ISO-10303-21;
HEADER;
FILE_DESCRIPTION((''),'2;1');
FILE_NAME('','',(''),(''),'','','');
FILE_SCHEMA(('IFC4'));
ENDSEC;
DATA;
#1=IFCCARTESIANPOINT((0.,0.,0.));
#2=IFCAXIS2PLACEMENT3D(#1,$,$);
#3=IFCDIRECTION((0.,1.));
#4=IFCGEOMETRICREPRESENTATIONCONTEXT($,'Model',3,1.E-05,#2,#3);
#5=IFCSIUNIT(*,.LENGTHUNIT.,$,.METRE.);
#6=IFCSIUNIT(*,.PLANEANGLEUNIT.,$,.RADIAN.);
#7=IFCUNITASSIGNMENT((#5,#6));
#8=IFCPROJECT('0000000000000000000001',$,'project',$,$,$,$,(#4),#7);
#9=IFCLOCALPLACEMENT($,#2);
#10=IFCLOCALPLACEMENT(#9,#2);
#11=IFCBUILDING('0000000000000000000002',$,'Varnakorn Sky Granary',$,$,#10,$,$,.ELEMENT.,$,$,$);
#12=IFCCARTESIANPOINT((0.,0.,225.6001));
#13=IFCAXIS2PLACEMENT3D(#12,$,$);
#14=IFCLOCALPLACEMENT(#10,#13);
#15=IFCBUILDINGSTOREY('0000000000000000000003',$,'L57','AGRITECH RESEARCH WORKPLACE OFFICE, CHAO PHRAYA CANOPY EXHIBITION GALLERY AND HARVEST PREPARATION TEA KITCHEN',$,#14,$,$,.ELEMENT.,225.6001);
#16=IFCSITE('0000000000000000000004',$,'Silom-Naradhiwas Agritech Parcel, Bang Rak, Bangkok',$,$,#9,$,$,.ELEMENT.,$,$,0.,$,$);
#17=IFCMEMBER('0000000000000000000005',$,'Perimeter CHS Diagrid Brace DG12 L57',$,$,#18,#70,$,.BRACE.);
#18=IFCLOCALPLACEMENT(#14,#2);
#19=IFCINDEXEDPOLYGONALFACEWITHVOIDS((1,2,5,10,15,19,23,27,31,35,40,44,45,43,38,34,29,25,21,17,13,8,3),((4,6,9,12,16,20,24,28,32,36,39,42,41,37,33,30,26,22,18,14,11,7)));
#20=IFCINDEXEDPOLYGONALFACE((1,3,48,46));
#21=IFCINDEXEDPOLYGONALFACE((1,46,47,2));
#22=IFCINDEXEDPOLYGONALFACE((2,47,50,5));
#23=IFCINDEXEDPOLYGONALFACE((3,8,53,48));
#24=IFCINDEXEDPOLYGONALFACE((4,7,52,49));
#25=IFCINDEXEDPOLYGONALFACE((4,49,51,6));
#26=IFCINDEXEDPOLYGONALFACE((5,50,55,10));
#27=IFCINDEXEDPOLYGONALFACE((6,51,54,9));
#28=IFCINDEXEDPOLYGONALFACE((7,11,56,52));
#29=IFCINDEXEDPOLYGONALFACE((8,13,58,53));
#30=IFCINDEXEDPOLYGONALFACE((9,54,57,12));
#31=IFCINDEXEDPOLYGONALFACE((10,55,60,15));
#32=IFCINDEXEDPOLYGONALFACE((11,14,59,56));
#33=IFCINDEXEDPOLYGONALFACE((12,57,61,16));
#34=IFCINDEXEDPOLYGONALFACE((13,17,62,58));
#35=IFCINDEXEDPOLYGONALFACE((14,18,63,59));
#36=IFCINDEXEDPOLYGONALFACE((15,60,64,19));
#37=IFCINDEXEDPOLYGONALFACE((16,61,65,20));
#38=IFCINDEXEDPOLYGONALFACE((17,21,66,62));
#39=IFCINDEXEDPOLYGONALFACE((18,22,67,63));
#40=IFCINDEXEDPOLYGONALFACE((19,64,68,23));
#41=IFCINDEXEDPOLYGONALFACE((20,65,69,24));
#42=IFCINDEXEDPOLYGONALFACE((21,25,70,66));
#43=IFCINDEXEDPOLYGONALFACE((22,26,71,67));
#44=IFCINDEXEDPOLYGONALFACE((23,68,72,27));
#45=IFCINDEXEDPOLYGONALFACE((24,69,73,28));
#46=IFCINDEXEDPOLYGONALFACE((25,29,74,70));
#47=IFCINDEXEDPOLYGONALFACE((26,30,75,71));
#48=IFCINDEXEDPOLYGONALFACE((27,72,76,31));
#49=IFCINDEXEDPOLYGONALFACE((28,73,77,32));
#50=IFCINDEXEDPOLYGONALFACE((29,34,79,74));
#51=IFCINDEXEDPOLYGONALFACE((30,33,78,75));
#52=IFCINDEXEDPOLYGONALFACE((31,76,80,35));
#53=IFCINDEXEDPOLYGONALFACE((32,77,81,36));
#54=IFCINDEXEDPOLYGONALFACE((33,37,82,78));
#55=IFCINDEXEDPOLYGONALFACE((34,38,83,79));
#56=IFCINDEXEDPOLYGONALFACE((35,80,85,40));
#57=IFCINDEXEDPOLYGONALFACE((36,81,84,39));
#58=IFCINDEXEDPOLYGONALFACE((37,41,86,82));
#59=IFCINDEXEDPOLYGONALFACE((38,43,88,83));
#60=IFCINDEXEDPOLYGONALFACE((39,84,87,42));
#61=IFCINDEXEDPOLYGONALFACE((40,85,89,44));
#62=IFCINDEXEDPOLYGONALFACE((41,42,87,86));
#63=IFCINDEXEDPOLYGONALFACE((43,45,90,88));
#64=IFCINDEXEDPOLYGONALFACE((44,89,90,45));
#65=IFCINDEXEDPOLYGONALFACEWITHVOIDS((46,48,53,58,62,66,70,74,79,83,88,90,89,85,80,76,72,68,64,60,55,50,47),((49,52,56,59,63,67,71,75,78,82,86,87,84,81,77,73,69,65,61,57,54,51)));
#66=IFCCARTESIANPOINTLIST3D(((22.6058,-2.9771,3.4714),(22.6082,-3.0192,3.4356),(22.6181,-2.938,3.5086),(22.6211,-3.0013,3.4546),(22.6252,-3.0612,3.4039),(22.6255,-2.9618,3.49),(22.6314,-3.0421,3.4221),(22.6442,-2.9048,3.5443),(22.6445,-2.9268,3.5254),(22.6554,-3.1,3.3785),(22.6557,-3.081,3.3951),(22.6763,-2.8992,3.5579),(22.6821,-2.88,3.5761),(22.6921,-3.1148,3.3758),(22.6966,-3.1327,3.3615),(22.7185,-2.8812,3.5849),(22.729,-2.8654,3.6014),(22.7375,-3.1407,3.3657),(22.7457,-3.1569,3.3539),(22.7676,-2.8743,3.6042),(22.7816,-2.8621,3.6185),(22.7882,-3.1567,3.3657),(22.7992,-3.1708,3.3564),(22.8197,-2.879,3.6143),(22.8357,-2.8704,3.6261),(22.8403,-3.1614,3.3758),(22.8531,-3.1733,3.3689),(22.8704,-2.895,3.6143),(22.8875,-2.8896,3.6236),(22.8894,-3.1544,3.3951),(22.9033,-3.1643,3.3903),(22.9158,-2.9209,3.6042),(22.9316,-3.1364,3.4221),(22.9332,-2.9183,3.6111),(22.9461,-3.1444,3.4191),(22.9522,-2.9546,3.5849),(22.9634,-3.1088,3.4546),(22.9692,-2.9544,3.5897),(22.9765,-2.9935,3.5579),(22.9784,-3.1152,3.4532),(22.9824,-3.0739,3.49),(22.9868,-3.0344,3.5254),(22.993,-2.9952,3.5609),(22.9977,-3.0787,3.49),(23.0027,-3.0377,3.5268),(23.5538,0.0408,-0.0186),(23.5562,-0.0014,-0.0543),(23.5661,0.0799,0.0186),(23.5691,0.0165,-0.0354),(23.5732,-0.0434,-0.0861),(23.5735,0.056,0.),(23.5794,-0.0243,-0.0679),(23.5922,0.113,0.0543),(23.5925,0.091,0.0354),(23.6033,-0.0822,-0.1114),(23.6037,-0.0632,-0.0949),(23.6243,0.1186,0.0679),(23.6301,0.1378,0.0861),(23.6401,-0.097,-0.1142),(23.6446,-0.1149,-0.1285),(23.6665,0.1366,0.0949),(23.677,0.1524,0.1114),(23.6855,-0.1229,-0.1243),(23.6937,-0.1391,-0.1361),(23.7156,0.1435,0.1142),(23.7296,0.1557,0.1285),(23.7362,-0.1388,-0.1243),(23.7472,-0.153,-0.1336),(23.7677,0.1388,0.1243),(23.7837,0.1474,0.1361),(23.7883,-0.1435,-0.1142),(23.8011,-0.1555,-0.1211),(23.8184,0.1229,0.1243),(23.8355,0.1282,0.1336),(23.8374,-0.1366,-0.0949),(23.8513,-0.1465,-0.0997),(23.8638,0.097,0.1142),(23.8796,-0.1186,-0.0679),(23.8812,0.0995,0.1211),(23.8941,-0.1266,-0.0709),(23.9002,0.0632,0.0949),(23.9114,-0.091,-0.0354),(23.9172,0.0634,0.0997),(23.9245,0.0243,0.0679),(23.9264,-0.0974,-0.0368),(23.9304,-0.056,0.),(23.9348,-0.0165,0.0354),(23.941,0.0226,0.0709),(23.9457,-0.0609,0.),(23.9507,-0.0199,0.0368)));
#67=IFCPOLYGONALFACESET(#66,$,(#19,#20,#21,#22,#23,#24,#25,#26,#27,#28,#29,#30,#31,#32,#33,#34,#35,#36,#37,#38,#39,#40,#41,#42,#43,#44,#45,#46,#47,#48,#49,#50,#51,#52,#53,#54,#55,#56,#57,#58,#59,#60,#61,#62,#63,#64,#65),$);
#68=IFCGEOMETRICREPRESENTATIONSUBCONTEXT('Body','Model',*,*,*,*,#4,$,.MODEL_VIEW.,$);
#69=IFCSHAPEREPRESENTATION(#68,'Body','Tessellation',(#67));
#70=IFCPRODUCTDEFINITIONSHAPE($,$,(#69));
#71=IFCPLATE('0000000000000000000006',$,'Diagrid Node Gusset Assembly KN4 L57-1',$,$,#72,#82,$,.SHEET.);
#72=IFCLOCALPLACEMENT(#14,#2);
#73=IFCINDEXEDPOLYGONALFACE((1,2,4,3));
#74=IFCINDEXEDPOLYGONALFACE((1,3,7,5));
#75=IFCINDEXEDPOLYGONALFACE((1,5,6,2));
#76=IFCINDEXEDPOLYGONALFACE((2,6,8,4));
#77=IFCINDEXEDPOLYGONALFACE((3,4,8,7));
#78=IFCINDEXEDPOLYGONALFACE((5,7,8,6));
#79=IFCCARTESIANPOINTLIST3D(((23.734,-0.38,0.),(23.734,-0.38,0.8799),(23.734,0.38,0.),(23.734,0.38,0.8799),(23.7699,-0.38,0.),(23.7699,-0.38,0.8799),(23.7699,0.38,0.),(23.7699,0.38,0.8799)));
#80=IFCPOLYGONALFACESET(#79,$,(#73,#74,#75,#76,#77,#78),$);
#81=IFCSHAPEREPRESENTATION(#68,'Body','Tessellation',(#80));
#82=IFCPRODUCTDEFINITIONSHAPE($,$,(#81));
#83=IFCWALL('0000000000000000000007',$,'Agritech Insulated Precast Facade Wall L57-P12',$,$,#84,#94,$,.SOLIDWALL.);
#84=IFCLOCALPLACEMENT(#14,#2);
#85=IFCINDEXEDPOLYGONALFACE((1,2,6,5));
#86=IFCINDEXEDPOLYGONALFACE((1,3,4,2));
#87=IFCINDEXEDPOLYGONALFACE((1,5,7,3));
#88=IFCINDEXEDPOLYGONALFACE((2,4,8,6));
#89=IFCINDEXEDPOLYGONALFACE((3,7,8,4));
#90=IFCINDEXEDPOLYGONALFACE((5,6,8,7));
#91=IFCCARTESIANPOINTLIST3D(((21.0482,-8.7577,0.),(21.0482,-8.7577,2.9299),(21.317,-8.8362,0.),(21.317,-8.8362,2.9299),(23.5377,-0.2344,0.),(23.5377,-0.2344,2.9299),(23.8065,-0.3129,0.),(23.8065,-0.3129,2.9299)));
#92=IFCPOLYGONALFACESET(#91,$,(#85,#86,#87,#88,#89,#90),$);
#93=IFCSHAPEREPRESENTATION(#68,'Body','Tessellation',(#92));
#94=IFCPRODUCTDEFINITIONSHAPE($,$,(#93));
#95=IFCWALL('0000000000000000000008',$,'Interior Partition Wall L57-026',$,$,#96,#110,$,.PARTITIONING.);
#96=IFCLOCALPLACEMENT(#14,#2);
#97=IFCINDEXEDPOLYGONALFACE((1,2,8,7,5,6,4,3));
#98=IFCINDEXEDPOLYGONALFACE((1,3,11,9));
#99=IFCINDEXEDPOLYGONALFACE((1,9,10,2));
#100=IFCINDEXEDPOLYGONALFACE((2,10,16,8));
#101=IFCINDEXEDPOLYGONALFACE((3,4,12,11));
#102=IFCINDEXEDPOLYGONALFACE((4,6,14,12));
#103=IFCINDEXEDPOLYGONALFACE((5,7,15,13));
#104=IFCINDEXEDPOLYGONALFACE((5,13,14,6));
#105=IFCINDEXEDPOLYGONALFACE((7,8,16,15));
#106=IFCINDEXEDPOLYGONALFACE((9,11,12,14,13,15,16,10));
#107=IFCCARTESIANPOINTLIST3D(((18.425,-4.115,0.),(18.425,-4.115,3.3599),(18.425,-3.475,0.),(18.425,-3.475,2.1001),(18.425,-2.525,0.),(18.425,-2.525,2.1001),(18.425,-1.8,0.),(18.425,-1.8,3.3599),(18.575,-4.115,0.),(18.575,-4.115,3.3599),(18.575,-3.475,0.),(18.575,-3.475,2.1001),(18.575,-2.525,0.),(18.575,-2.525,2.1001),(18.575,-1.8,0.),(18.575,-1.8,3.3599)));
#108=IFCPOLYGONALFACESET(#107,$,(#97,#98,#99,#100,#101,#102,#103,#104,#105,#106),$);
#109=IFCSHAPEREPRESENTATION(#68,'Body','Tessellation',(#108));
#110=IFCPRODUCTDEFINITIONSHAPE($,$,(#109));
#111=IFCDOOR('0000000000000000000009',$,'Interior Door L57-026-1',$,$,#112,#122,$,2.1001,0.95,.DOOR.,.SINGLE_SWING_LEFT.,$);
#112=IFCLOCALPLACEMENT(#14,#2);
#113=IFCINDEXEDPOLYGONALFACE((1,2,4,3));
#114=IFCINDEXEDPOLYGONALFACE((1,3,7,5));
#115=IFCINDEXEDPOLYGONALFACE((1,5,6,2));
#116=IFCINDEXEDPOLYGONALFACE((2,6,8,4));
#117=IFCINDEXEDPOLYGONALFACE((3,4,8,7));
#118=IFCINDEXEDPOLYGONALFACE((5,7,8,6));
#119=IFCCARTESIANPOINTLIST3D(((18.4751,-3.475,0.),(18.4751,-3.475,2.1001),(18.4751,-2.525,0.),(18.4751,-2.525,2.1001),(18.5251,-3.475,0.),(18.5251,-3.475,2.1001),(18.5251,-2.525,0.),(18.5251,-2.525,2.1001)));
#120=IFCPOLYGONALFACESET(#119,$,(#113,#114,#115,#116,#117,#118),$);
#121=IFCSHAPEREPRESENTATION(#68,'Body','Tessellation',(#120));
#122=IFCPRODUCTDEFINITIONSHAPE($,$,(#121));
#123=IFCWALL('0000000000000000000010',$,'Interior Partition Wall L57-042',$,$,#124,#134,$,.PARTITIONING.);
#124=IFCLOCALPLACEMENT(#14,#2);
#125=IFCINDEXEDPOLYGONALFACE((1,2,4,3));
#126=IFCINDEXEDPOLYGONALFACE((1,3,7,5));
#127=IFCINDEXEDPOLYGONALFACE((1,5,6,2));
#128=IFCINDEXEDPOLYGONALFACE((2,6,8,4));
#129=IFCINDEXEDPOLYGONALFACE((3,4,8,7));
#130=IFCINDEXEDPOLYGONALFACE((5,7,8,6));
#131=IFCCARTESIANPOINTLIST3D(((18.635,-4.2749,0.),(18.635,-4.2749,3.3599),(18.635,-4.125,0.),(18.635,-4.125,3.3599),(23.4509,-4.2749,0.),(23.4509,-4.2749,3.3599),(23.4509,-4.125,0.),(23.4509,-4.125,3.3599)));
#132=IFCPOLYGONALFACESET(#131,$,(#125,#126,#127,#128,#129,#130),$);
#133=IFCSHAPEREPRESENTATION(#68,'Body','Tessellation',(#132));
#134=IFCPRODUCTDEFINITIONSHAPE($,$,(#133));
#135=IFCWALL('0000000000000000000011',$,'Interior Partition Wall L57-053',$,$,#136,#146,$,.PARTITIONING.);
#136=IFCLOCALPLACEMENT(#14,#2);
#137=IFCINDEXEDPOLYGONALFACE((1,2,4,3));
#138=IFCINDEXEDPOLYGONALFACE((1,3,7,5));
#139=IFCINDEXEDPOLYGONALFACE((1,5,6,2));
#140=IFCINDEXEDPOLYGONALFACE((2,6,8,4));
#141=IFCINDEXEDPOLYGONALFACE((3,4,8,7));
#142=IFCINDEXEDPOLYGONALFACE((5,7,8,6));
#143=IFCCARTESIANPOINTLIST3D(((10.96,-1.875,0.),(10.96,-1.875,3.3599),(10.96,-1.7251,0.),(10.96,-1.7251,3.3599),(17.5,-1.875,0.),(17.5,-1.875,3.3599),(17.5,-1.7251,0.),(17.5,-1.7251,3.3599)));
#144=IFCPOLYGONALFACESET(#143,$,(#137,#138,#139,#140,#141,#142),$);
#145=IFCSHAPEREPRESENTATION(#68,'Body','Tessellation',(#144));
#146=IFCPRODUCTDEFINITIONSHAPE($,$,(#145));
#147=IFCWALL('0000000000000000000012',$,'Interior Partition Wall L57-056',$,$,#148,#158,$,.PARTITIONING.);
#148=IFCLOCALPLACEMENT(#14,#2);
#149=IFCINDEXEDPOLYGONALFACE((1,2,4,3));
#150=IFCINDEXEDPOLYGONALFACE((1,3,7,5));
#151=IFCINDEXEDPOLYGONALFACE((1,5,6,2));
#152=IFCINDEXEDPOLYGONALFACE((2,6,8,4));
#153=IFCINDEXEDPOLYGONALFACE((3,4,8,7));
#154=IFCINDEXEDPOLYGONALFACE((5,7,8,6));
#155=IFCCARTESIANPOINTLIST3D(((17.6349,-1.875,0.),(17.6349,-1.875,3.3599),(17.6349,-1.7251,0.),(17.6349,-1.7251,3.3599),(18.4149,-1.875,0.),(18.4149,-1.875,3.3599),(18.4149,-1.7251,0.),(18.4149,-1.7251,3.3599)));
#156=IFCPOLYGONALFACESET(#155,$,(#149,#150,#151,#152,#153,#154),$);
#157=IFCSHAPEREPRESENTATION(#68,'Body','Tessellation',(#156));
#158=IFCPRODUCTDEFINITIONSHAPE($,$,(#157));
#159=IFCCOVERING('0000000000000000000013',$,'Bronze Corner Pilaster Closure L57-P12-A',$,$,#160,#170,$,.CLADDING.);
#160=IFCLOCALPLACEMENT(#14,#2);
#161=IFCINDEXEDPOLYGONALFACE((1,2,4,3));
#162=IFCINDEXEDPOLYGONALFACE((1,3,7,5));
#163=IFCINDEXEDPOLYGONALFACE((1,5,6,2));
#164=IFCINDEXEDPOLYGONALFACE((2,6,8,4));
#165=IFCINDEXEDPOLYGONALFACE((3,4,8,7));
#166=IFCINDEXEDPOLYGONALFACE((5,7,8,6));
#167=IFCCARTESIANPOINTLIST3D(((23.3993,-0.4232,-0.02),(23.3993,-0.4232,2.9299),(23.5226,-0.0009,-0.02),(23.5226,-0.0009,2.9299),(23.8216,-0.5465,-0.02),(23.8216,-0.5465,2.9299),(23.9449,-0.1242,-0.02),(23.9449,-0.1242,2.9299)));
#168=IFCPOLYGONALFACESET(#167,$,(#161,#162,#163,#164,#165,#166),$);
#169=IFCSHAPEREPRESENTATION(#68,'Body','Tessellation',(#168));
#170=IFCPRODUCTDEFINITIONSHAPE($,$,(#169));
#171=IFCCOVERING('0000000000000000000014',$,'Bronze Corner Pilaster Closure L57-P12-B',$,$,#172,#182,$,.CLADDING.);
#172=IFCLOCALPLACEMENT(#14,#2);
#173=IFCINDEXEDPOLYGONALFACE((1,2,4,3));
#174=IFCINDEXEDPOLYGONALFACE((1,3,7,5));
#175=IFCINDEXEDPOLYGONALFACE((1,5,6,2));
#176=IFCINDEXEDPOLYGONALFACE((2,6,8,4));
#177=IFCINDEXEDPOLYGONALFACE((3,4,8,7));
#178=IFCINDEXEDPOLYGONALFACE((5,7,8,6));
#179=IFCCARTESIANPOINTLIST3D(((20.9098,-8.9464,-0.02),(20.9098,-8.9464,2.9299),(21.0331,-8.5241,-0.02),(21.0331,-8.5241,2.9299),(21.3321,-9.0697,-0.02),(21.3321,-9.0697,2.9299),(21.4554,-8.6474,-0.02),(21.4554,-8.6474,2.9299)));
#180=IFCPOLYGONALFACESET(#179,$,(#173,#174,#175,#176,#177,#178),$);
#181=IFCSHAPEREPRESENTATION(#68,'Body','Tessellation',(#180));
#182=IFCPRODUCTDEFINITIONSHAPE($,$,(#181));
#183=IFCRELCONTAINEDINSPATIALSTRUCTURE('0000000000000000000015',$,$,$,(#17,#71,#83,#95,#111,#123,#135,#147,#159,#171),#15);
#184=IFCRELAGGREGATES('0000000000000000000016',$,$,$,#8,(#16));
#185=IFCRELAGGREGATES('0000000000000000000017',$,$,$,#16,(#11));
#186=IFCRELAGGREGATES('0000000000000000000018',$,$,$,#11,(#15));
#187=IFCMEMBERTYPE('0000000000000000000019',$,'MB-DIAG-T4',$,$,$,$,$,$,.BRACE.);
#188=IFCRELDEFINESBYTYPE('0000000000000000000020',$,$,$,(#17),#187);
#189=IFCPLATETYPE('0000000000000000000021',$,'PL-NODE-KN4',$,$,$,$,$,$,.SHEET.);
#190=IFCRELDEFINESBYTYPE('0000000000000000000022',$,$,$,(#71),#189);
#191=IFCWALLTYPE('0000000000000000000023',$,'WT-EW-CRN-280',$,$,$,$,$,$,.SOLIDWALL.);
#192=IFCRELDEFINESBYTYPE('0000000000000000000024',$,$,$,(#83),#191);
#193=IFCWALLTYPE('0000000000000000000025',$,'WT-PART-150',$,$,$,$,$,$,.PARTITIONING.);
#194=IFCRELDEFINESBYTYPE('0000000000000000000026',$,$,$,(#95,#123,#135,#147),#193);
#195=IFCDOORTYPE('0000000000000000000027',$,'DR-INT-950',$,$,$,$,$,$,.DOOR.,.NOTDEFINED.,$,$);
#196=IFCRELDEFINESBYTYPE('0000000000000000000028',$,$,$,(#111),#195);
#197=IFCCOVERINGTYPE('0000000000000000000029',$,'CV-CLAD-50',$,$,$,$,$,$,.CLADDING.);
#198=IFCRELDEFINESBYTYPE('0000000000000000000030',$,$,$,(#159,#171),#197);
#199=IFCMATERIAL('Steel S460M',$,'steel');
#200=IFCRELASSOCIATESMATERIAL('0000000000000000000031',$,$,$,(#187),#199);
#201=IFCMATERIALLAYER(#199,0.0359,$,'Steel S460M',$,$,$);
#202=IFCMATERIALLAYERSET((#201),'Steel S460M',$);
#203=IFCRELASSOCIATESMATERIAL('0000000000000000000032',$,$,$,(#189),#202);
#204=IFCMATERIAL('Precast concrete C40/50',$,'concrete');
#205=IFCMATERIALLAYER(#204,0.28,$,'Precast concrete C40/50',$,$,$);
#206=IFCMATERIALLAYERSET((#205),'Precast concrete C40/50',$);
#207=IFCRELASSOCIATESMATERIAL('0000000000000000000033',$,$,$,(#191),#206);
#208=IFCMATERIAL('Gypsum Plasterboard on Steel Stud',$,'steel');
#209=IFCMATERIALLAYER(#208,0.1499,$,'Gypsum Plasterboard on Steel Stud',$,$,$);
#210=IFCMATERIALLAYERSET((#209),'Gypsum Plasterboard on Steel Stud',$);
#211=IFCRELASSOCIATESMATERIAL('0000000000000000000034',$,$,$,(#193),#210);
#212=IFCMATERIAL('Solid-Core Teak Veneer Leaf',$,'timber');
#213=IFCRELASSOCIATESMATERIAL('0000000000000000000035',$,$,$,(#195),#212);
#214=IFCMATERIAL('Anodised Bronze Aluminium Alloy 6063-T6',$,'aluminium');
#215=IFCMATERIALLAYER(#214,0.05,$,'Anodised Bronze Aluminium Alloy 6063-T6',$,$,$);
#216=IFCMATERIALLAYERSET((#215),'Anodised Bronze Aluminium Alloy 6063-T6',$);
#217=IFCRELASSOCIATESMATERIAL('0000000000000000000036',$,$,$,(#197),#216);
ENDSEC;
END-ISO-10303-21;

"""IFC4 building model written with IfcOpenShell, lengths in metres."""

from ifc_helpers import new_model, si_unit, direction, frame, frame_2d, origin, origin_2d, place, context, subcontext, project, spatial, rectangle, hollow_circle, extrude, source, transform, mapped, material, layer, layer_set, material_profile, profile_set, type_object, type_shapes, element, fill, save


model = new_model("IFC4")

# Units and contexts
model_context = context("Model", 3, precision=1e-05, world=origin(), true_north=direction((0.0, 1.0)))
body_context = subcontext(model_context, "Body", "Model", "MODEL_VIEW")
ifc_project = project(units=[si_unit("LENGTHUNIT", "METRE"), si_unit("PLANEANGLEUNIT", "RADIAN")], contexts=[model_context])

# Site, building, storey
site_placement = place(None, origin())
site = spatial("IfcSite", under=ifc_project, at=site_placement, Name="Silom-Naradhiwas Agritech Parcel, Bang Rak, Bangkok", CompositionType="ELEMENT", RefElevation=0.0)
building_placement = place(site_placement, origin())
building = spatial("IfcBuilding", under=site, at=building_placement, Name="Varnakorn Sky Granary", CompositionType="ELEMENT")
storey_placement = place(building_placement, frame((0.0, 0.0, 225.6001)))
storey = spatial("IfcBuildingStorey", under=building, at=storey_placement, Name="L57", Description="AGRITECH RESEARCH WORKPLACE OFFICE, CHAO PHRAYA CANOPY EXHIBITION GALLERY AND HARVEST PREPARATION TEA KITCHEN", CompositionType="ELEMENT", Elevation=225.6001)

# Shared definitions
ifc_material_1 = material(Name="Steel S460M", Category="steel")

# Shared definitions
ifc_material_2 = material(Name="Anodised Bronze Aluminium Alloy 6063-T6", Category="aluminium")

# Member
ifc_material_profile_1 = material_profile(ifc_material_1, hollow_circle(Radius=0.2031, WallThickness=0.0161, at=origin_2d()), Name="CHS 406.4x16")
ifc_profile_set_1 = profile_set([ifc_material_profile_1], Name="Steel S460M")
member_type_1 = type_object("IfcMemberType", Name="MB-DIAG-T4", PredefinedType="BRACE", material=ifc_profile_set_1)
for number, where, z_axis, x_axis, name in (
    (1, (23.752, 0.0, 0.0), (-0.201265, -0.640699, 0.740943), (0.954035, -0.299694, 0.0), "Perimeter CHS Diagrid Brace DG12 L57"),
):
    element("IfcMember", number, at=place(storey_placement, frame(where, z_axis=z_axis, x_axis=x_axis)), inside=storey, type_object=member_type_1, Name=name, PredefinedType="BRACE", context=body_context, shape_type="SweptSolid", body=[
        extrude(hollow_circle(Radius=0.2031, WallThickness=0.0161, at=origin_2d()), origin(), (0.0, 0.0, 1.0), 4.7102),
    ])

# Plate
ifc_layer_1 = layer(ifc_material_1, 0.0359, Name="Steel S460M")
ifc_layer_set_1 = layer_set([ifc_layer_1], Name="Steel S460M")
plate_type = type_object("IfcPlateType", Name="PL-NODE-KN4", PredefinedType="SHEET", material=ifc_layer_set_1)
plate_placement = place(storey_placement, frame((23.752, 0.0, 0.0), z_axis=(0.0, 0.0, 1.0), x_axis=(0.0, 1.0, 0.0)))
element("IfcPlate", 2, at=plate_placement, inside=storey, type_object=plate_type, Name="Diagrid Node Gusset Assembly KN4 L57-1", PredefinedType="SHEET", context=body_context, shape_type="SweptSolid", body=[
    extrude(rectangle(XDim=0.76, YDim=0.0359, at=origin_2d()), origin(), (0.0, 0.0, 1.0), 0.8799),
])

# Wall
ifc_material_3 = material(Name="Precast concrete C40/50", Category="concrete")
ifc_layer_2 = layer(ifc_material_3, 0.28, Name="Precast concrete C40/50")
ifc_layer_set_2 = layer_set([ifc_layer_2], Name="Precast concrete C40/50")
wall_type_1 = type_object("IfcWallType", Name="WT-EW-CRN-280", PredefinedType="SOLIDWALL", material=ifc_layer_set_2)
wall_1_placement = place(storey_placement, frame((23.6721, -0.2737, 0.0), z_axis=(0.0, 0.0, 1.0), x_axis=(-0.280371, -0.959892, 0.0)))
element("IfcWall", 3, at=wall_1_placement, inside=storey, type_object=wall_type_1, Name="Agritech Insulated Precast Facade Wall L57-P12", PredefinedType="SOLIDWALL", context=body_context, shape_type="SweptSolid", body=[
    extrude(rectangle(XDim=8.8794, YDim=0.28, at=frame_2d((4.4397, 0.0))), origin(), (0.0, 0.0, 1.0), 2.9299),
])

# Wall, opening, door
ifc_material_4 = material(Name="Gypsum Plasterboard on Steel Stud", Category="steel")
ifc_layer_3 = layer(ifc_material_4, 0.1499, Name="Gypsum Plasterboard on Steel Stud")
ifc_layer_set_3 = layer_set([ifc_layer_3], Name="Gypsum Plasterboard on Steel Stud")
wall_type_2 = type_object("IfcWallType", Name="WT-PART-150", PredefinedType="PARTITIONING", material=ifc_layer_set_3)
wall_2_placement = place(storey_placement, frame((18.5, -4.115, 0.0), z_axis=(0.0, 0.0, 1.0), x_axis=(0.0, 1.0, 0.0)))
wall_2 = element("IfcWall", 4, at=wall_2_placement, inside=storey, type_object=wall_type_2, Name="Interior Partition Wall L57-026", PredefinedType="PARTITIONING", context=body_context, shape_type="SweptSolid", body=[
    extrude(rectangle(XDim=2.3149, YDim=0.1499, at=frame_2d((1.1575, 0.0))), origin(), (0.0, 0.0, 1.0), 3.3599),
])
opening_placement = place(wall_2_placement, frame((0.6399, 0.0, 0.0)))
opening = element("IfcOpeningElement", 5, at=opening_placement, cuts=wall_2, PredefinedType="OPENING", context=body_context, shape_type="SweptSolid", body=[
    extrude(rectangle(XDim=0.95, YDim=2.1001, at=frame_2d((0.4751, 1.05))), frame((0.0, 0.085, 0.0), z_axis=(0.0, -1.0, 0.0), x_axis=(1.0, 0.0, 0.0)), (0.0, 0.0, 1.0), 0.1699),
])
ifc_material_5 = material(Name="Solid-Core Teak Veneer Leaf", Category="timber")
door_type = type_object("IfcDoorType", Name="DR-INT-950", OperationType="NOTDEFINED", PredefinedType="DOOR", material=ifc_material_5)
door_placement = place(opening_placement, origin())
door = element("IfcDoor", 6, at=door_placement, inside=storey, type_object=door_type, Name="Interior Door L57-026-1", OperationType="SINGLE_SWING_LEFT", OverallHeight=2.1001, OverallWidth=0.95, PredefinedType="DOOR", context=body_context, shape_type="SweptSolid", body=[
    extrude(rectangle(XDim=0.95, YDim=2.1001, at=frame_2d((0.4751, 1.05))), frame((0.0, 0.0249, 0.0), z_axis=(0.0, -1.0, 0.0), x_axis=(1.0, 0.0, 0.0)), (0.0, 0.0, 1.0), 0.05),
])
fill(opening, door)

# Walls
wall_3_placement = place(storey_placement, frame((18.635, -4.2, 0.0), z_axis=(0.0, 0.0, 1.0), x_axis=(1.0, 0.0, 0.0)))
element("IfcWall", 7, at=wall_3_placement, inside=storey, type_object=wall_type_2, Name="Interior Partition Wall L57-042", PredefinedType="PARTITIONING", context=body_context, shape_type="SweptSolid", body=[
    extrude(rectangle(XDim=4.8159, YDim=0.1499, at=frame_2d((2.408, 0.0))), origin(), (0.0, 0.0, 1.0), 3.3599),
])
wall_4_placement = place(storey_placement, frame((17.5, -1.8, 0.0), z_axis=(0.0, 0.0, 1.0), x_axis=(-1.0, 0.0, 0.0)))
element("IfcWall", 8, at=wall_4_placement, inside=storey, type_object=wall_type_2, Name="Interior Partition Wall L57-053", PredefinedType="PARTITIONING", context=body_context, shape_type="SweptSolid", body=[
    extrude(rectangle(XDim=6.54, YDim=0.1499, at=frame_2d((3.27, 0.0))), origin(), (0.0, 0.0, 1.0), 3.3599),
])
wall_5_placement = place(storey_placement, frame((18.415, -1.8, 0.0), z_axis=(0.0, 0.0, 1.0), x_axis=(-1.0, 0.0, 0.0)))
element("IfcWall", 9, at=wall_5_placement, inside=storey, type_object=wall_type_2, Name="Interior Partition Wall L57-056", PredefinedType="PARTITIONING", context=body_context, shape_type="SweptSolid", body=[
    extrude(rectangle(XDim=0.78, YDim=0.1499, at=frame_2d((0.3901, 0.0))), origin(), (0.0, 0.0, 1.0), 3.3599),
])

# Coverings
ifc_layer_4 = layer(ifc_material_2, 0.05, Name="Anodised Bronze Aluminium Alloy 6063-T6")
ifc_layer_set_4 = layer_set([ifc_layer_4], Name="Anodised Bronze Aluminium Alloy 6063-T6")
covering_type = type_object("IfcCoveringType", Name="CV-CLAD-50", PredefinedType="CLADDING", material=ifc_layer_set_4)
shared_shape = source(origin(), body_context, "Body", "SweptSolid", [
    extrude(rectangle(XDim=0.4399, YDim=0.4399, at=origin_2d()), origin(), (0.0, 0.0, 1.0), 2.95),
])
type_shapes(covering_type, [shared_shape])
for number, where, z_axis, x_axis, name in (
    (10, (23.6721, -0.2737, -0.02), (0.0, 0.0, 1.0), (-0.280332, -0.959903, 0.0), "Bronze Corner Pilaster Closure L57-P12-A"),
    (11, (21.1826, -8.7969, -0.02), (0.0, 0.0, 1.0), (-0.280332, -0.959903, 0.0), "Bronze Corner Pilaster Closure L57-P12-B"),
):
    element("IfcCovering", number, at=place(storey_placement, frame(where, z_axis=z_axis, x_axis=x_axis)), inside=storey, type_object=covering_type, Name=name, PredefinedType="CLADDING", context=body_context, shape_type="MappedRepresentation", body=[
        mapped(shared_shape, transform((0.0, 0.0, 0.0), x_axis=(1.0, 0.0, 0.0), y_axis=(0.0, 1.0, 0.0), z_axis=(0.0, 0.0, 1.0), scale=1.0)),
    ])

save(model, "model.ifc")
